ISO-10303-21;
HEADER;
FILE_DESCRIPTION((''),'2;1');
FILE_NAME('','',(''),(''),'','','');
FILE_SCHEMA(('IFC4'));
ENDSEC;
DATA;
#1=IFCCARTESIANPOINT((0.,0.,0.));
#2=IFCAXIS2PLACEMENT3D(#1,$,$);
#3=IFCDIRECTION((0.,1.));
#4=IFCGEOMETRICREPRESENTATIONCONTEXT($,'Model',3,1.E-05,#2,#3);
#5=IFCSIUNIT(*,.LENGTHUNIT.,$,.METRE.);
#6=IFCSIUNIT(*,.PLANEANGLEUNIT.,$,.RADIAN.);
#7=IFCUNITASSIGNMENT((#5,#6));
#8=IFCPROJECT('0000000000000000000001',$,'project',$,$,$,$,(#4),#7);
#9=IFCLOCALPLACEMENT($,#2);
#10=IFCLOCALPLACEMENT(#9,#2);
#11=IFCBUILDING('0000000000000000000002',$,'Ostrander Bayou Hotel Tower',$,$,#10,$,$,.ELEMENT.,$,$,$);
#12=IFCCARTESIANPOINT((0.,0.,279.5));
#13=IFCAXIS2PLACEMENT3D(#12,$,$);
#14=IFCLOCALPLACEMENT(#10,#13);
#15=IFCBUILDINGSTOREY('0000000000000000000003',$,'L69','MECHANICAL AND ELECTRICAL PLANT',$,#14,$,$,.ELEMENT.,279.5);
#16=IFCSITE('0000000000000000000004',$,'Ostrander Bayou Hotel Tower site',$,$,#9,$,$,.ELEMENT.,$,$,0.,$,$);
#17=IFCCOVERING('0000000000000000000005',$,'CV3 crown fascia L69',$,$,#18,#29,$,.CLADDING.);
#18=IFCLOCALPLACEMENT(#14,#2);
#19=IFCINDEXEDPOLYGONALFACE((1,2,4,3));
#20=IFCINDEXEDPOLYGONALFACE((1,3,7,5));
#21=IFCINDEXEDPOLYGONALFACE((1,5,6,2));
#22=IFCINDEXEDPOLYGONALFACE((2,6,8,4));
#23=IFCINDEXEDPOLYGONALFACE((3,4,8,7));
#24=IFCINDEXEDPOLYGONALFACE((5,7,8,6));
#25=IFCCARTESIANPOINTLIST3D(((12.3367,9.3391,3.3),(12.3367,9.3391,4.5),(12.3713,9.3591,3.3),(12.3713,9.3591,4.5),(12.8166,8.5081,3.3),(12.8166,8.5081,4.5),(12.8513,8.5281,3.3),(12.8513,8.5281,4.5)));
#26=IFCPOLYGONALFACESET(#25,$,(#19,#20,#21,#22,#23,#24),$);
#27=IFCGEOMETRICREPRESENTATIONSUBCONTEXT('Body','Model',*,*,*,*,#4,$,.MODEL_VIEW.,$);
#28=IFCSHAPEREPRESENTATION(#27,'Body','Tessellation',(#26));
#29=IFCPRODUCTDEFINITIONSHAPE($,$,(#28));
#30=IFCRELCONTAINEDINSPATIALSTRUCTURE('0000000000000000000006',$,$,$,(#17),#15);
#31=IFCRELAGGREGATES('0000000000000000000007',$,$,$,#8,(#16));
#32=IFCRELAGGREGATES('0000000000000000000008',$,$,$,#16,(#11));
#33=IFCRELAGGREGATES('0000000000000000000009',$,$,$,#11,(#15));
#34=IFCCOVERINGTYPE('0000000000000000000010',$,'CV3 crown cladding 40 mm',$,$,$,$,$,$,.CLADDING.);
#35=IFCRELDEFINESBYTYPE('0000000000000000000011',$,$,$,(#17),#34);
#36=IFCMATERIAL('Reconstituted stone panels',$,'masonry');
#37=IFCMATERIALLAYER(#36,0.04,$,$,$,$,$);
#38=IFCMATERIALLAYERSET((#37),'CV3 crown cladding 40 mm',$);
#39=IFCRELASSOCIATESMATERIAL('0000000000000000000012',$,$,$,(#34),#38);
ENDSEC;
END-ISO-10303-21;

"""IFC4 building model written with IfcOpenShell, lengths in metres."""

from ifc_helpers import new_model, si_unit, direction, frame, origin, place, context, subcontext, project, spatial, polyline, outline, extrude, material, layer, layer_set, type_object, element, save


model = new_model("IFC4")

# Units and contexts
model_context = context("Model", 3, precision=1e-05, world=origin(), true_north=direction((0.0, 1.0)))
body_context = subcontext(model_context, "Body", "Model", "MODEL_VIEW")
ifc_project = project(units=[si_unit("LENGTHUNIT", "METRE"), si_unit("PLANEANGLEUNIT", "RADIAN")], contexts=[model_context])

# Site, building, storey
site_placement = place(None, origin())
site = spatial("IfcSite", under=ifc_project, at=site_placement, Name="Ostrander Bayou Hotel Tower site", CompositionType="ELEMENT", RefElevation=0.0)
building_placement = place(site_placement, origin())
building = spatial("IfcBuilding", under=site, at=building_placement, Name="Ostrander Bayou Hotel Tower", CompositionType="ELEMENT")
storey_placement = place(building_placement, frame((0.0, 0.0, 279.5)))
storey = spatial("IfcBuildingStorey", under=building, at=storey_placement, Name="L69", Description="MECHANICAL AND ELECTRICAL PLANT", CompositionType="ELEMENT", Elevation=279.5)

# Covering
ifc_material_1 = material(Name="Reconstituted stone panels", Category="masonry")
ifc_layer_1 = layer(ifc_material_1, 0.04)
ifc_layer_set_1 = layer_set([ifc_layer_1], Name="CV3 crown cladding 40 mm")
covering_type = type_object("IfcCoveringType", Name="CV3 crown cladding 40 mm", PredefinedType="CLADDING", material=ifc_layer_set_1)
covering_1_placement = place(storey_placement, frame((12.8513, 8.5281, 3.3), z_axis=(0.865948, 0.500133, 0.0), x_axis=(-0.500133, 0.865948, 0.0)))
element("IfcCovering", 1, at=covering_1_placement, inside=storey, type_object=covering_type, Name="CV3 crown fascia L69", PredefinedType="CLADDING", context=body_context, shape_type="SweptSolid", body=[
    extrude(outline(polyline([(0.0, 0.0), (0.9597, 0.0), (0.9597, 1.2), (0.0, 1.2), (0.0, 0.0)])), origin(), (0.0, 0.0, -1.0), 0.04),
])

save(model, "model.ifc")
